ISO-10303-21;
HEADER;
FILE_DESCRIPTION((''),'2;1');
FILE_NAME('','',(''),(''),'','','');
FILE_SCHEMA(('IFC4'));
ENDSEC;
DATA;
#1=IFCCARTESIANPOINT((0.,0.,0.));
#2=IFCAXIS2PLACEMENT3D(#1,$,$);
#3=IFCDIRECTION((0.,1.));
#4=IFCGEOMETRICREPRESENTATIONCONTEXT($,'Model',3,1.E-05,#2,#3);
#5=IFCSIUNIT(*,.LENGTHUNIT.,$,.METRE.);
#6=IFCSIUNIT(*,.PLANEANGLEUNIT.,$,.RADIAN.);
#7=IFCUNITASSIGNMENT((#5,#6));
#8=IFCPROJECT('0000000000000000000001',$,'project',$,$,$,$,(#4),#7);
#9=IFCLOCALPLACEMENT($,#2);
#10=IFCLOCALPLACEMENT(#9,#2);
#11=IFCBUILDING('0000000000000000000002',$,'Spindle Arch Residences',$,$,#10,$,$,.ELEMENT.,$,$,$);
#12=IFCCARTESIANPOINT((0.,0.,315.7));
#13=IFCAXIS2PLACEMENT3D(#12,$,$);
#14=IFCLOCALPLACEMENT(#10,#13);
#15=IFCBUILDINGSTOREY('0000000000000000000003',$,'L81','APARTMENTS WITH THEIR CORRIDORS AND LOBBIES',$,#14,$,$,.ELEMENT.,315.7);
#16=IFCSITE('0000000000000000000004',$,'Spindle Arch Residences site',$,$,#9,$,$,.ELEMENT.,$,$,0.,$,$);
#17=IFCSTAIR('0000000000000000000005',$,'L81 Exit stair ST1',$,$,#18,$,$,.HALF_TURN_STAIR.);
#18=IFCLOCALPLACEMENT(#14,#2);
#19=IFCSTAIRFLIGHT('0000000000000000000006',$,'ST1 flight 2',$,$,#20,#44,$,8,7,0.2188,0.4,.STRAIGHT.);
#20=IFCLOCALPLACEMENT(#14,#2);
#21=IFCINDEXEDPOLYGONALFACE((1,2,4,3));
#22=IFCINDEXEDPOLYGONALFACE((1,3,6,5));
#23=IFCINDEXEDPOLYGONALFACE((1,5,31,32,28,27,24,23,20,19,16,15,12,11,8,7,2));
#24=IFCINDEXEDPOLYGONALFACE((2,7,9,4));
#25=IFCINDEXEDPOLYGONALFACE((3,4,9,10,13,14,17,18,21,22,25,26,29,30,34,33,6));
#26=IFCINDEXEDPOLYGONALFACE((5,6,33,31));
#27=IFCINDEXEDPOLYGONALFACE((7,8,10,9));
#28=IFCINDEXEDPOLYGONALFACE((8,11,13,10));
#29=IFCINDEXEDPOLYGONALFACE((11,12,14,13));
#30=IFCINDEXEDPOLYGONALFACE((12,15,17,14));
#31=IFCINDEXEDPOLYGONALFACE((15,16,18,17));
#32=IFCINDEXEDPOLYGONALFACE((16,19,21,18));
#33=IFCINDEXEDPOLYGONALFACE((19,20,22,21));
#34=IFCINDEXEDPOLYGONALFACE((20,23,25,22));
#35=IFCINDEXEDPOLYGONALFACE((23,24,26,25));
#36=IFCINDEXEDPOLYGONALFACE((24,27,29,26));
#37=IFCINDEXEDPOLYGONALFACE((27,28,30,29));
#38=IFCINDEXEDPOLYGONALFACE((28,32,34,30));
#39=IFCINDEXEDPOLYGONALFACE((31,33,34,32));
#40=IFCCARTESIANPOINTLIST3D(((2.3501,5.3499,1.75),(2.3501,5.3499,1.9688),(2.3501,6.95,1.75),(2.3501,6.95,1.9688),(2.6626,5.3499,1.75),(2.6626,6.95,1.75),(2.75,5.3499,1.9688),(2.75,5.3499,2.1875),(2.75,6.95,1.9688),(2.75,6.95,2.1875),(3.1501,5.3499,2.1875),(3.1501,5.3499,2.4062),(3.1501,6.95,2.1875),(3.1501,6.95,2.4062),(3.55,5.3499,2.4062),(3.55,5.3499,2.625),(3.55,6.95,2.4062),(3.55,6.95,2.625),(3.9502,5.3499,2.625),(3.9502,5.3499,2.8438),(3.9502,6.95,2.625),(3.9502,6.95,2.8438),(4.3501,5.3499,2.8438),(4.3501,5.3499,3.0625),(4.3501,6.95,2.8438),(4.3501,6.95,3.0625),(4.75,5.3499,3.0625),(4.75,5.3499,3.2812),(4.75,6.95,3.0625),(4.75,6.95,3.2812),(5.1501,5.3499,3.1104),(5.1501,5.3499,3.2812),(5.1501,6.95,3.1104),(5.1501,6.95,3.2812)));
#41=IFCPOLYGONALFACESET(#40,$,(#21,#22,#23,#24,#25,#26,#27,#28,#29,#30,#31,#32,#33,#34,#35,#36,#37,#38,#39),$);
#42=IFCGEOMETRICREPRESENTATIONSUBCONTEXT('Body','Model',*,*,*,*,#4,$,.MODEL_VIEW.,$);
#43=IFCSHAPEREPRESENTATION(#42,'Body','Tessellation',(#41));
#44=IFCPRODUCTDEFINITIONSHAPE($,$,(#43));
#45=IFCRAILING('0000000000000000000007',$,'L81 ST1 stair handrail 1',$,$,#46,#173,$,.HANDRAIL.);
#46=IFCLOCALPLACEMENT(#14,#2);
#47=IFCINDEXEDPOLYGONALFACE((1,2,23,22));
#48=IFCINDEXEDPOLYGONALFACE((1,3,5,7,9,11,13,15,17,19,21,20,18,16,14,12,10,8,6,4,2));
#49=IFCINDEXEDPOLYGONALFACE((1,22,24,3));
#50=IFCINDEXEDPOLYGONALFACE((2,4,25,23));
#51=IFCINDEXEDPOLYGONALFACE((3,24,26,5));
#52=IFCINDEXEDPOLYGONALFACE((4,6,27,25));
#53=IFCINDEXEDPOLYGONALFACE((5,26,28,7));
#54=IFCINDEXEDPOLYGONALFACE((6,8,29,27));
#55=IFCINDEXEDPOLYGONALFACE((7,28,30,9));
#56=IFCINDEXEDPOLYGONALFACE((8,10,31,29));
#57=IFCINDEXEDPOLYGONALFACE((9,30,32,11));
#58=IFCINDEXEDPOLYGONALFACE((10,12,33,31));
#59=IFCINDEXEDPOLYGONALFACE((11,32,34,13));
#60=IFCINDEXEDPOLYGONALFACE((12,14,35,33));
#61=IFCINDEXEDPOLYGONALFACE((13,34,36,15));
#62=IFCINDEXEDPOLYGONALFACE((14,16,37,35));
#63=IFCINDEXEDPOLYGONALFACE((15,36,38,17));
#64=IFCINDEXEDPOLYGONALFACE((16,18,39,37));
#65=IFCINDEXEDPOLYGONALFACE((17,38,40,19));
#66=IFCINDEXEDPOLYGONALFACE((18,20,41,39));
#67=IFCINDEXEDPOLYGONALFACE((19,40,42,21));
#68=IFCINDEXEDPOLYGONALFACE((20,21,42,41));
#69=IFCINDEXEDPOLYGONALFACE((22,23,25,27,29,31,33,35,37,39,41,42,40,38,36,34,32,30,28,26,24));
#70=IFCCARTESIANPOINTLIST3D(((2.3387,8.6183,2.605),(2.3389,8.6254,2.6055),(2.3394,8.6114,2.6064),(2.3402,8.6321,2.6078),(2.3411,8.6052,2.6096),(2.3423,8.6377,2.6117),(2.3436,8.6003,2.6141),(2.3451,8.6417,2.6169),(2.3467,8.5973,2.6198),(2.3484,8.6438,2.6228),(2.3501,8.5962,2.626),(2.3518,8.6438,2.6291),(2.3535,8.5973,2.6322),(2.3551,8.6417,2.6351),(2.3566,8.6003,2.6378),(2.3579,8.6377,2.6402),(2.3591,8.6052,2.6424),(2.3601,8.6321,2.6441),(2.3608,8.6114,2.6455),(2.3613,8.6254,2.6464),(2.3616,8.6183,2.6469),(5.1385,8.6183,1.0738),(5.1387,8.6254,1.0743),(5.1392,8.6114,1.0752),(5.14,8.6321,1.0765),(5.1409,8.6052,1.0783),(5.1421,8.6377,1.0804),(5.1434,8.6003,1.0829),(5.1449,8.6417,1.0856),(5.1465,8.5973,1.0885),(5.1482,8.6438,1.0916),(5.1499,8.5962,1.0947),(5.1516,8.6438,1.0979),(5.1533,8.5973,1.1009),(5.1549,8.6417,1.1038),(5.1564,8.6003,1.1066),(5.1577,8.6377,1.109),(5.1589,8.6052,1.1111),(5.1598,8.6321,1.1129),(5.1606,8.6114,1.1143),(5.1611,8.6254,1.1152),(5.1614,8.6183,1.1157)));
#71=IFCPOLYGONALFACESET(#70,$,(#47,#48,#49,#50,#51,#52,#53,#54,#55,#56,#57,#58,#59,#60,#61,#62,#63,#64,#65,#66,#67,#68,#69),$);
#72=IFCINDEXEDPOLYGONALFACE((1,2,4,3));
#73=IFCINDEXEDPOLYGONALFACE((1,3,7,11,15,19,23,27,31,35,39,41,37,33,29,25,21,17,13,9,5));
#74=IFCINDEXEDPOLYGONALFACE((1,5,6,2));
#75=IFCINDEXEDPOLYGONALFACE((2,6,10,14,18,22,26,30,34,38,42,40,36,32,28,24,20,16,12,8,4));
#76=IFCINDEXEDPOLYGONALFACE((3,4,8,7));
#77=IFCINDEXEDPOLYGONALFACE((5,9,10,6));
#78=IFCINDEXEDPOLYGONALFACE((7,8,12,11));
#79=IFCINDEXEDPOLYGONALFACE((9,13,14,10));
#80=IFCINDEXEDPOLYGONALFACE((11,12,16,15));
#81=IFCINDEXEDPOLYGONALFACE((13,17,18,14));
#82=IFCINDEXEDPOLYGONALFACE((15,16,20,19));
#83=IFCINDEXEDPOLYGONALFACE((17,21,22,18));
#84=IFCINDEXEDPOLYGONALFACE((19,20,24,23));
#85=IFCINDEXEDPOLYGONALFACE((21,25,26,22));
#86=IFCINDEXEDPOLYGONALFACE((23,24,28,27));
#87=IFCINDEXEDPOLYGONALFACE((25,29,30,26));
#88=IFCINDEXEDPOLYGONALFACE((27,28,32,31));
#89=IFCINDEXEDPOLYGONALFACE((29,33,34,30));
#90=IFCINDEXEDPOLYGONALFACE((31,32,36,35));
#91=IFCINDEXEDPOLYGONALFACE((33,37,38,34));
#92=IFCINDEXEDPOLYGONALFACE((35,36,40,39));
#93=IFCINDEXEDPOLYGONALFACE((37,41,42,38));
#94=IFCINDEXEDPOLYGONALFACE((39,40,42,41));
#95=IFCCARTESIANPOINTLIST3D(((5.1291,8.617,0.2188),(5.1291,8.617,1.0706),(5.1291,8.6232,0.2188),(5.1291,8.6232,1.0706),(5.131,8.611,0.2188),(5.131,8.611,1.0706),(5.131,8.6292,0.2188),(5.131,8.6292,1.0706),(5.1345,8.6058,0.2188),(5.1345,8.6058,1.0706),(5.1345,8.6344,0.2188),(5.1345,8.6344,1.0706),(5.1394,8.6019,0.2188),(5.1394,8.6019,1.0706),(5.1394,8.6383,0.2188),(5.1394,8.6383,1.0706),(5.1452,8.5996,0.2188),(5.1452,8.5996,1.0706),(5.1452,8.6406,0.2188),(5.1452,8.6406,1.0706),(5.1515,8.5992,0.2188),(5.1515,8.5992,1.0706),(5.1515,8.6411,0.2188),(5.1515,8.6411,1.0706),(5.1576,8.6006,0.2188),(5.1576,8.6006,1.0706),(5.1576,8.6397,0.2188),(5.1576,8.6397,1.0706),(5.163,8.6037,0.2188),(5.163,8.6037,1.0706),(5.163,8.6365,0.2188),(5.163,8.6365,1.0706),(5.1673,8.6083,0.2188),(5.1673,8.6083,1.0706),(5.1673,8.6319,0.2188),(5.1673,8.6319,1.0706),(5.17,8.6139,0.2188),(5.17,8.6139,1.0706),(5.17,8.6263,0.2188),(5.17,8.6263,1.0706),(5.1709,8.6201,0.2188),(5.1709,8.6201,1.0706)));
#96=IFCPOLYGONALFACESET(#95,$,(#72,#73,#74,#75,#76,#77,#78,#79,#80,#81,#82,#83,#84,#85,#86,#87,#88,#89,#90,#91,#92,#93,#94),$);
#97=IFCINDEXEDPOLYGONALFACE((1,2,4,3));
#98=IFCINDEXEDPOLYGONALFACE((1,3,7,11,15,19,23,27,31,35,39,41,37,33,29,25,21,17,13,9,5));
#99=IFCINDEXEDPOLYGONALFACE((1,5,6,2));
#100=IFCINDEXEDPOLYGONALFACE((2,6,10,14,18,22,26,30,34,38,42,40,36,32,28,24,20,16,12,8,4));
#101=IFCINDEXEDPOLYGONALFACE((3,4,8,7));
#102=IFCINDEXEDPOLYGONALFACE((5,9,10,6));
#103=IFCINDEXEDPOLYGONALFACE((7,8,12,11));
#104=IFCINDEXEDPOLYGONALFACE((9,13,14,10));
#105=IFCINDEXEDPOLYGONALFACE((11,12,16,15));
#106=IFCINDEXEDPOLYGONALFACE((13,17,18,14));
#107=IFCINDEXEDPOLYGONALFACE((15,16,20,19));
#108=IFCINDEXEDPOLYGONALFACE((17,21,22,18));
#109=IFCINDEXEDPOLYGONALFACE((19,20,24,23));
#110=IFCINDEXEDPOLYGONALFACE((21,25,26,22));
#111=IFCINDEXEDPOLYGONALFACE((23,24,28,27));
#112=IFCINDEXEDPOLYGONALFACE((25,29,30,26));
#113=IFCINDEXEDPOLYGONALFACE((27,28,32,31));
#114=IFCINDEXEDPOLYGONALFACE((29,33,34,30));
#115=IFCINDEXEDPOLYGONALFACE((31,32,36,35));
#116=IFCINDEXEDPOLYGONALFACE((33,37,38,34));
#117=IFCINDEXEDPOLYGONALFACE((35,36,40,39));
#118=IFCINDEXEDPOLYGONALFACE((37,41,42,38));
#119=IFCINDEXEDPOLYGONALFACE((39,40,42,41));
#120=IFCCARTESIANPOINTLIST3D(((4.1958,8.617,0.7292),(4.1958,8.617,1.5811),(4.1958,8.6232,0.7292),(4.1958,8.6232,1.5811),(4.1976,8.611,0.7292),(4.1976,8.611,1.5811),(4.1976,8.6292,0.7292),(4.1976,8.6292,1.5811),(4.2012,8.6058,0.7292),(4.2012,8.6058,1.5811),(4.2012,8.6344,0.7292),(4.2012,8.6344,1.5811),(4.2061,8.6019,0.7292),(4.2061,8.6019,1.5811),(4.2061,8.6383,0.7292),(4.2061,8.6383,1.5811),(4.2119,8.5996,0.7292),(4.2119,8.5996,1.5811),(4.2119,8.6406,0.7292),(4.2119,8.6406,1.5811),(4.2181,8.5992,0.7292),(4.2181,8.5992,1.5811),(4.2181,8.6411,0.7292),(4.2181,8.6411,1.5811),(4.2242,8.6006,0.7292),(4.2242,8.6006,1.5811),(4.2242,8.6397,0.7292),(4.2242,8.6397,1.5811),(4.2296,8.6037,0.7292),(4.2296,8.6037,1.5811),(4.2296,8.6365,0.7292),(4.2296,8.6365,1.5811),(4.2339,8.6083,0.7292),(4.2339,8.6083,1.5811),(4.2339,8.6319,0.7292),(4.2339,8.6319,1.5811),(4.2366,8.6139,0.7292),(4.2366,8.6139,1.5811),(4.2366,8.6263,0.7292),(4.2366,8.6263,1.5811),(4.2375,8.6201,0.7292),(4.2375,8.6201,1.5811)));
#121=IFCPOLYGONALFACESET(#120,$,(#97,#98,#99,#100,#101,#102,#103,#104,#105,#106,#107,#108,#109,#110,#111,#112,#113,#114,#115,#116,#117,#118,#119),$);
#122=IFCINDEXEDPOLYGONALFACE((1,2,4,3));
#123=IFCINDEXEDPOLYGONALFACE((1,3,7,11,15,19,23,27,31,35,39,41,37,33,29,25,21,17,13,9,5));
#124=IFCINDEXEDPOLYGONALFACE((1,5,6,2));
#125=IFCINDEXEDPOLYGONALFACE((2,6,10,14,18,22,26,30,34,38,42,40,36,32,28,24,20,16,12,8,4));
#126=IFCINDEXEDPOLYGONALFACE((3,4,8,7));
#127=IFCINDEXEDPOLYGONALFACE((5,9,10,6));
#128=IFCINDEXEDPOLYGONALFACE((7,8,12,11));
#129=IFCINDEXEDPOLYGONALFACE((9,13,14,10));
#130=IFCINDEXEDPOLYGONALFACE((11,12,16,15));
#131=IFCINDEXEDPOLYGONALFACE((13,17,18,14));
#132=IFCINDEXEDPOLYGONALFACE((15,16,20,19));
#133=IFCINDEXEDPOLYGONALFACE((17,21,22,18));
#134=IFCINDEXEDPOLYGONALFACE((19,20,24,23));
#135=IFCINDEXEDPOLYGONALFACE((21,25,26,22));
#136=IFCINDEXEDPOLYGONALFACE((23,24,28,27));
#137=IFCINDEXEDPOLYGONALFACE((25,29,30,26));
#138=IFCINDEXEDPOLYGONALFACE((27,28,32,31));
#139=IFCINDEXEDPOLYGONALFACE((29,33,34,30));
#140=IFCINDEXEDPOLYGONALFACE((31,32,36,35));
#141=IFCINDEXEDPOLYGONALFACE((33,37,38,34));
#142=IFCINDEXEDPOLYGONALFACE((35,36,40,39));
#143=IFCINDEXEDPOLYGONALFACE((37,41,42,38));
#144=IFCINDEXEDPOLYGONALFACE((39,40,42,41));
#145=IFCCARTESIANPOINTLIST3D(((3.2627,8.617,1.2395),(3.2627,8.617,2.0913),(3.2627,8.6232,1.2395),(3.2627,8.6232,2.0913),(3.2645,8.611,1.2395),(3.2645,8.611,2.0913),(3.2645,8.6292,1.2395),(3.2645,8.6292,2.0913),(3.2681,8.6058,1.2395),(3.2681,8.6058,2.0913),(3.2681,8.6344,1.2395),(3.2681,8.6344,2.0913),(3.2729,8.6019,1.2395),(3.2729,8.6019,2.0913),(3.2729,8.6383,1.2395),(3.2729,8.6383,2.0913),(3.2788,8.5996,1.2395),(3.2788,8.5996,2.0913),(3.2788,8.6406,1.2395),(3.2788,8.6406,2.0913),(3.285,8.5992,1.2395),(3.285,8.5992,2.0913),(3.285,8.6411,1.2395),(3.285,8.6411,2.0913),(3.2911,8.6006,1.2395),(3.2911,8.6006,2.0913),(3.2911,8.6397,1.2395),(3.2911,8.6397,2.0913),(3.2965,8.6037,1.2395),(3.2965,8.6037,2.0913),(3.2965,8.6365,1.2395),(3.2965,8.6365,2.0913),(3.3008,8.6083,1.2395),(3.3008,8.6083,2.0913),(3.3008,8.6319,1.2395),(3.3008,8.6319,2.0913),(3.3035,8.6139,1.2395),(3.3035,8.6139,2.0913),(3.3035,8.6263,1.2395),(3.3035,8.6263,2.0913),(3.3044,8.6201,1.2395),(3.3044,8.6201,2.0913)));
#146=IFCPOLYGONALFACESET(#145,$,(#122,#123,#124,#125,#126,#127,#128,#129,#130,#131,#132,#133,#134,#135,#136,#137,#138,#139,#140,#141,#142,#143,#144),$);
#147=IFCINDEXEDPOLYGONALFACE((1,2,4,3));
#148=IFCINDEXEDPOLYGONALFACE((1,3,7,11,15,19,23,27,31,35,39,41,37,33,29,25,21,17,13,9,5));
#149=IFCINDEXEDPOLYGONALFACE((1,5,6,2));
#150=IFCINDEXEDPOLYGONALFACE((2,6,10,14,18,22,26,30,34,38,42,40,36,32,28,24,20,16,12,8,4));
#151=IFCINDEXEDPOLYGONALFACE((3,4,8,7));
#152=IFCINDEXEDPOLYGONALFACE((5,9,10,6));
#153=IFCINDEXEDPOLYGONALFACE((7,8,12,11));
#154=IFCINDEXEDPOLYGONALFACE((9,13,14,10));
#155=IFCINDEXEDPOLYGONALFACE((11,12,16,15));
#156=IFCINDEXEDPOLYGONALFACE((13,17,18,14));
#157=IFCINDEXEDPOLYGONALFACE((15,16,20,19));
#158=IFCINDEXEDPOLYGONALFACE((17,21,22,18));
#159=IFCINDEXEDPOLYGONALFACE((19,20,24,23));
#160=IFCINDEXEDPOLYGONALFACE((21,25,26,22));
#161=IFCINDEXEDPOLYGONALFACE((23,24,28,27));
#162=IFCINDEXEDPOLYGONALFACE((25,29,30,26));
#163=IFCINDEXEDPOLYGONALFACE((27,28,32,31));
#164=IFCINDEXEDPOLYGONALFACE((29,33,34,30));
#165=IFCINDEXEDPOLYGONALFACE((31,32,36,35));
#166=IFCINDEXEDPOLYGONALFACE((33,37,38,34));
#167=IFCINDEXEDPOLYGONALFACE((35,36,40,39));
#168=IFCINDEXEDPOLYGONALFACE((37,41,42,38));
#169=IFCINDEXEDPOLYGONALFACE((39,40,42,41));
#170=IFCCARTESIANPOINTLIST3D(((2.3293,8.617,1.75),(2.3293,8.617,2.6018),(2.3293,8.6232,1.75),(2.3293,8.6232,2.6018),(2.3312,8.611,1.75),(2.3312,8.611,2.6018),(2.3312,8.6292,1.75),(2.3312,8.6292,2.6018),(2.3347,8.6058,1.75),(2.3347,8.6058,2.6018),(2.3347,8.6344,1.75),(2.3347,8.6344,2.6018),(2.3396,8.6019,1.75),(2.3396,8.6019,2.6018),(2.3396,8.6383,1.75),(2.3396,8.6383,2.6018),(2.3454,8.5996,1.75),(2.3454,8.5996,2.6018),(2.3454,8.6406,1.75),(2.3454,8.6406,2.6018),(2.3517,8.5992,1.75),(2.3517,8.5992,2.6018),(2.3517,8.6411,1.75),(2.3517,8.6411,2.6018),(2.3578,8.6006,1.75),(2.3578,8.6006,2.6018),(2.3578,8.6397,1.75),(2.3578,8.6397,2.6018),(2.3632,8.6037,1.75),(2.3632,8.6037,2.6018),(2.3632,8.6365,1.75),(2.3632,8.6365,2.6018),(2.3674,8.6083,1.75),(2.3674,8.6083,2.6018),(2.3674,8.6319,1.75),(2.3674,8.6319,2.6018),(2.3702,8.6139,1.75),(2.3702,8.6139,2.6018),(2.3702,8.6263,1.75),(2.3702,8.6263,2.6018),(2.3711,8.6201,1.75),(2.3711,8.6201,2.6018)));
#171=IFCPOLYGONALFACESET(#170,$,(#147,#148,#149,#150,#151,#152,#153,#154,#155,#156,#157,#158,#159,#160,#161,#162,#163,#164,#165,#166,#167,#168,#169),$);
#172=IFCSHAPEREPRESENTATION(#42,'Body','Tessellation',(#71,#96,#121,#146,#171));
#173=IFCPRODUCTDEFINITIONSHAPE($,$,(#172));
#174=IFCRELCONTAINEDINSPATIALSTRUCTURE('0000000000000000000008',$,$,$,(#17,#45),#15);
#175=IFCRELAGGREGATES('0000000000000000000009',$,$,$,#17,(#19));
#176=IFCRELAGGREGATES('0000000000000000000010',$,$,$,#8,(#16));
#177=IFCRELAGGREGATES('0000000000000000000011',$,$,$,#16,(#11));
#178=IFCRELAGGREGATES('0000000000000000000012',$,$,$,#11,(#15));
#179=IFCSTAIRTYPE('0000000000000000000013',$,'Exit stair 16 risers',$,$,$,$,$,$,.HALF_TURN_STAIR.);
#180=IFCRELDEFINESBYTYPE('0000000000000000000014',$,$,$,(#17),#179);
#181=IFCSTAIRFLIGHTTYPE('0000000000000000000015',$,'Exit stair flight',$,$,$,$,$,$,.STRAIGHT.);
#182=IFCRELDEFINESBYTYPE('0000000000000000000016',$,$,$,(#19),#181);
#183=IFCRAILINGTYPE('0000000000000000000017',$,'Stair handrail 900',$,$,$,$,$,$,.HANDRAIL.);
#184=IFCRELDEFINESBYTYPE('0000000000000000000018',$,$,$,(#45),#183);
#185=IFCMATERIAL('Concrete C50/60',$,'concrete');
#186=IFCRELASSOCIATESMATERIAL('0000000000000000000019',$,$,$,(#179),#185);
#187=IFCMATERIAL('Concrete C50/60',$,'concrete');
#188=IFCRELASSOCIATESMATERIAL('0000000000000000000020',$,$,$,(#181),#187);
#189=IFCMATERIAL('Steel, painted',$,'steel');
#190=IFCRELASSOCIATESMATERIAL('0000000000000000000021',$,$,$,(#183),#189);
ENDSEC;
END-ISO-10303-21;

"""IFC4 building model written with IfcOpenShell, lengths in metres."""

from ifc_helpers import new_model, si_unit, direction, frame, origin, origin_2d, place, context, subcontext, project, spatial, polyline, circle, outline, extrude, material, type_object, element, aggregate, save


model = new_model("IFC4")

# Units and contexts
model_context = context("Model", 3, precision=1e-05, world=origin(), true_north=direction((0.0, 1.0)))
body_context = subcontext(model_context, "Body", "Model", "MODEL_VIEW")
ifc_project = project(units=[si_unit("LENGTHUNIT", "METRE"), si_unit("PLANEANGLEUNIT", "RADIAN")], contexts=[model_context])

# Site, building, storey
site_placement = place(None, origin())
site = spatial("IfcSite", under=ifc_project, at=site_placement, Name="Spindle Arch Residences site", CompositionType="ELEMENT", RefElevation=0.0)
building_placement = place(site_placement, origin())
building = spatial("IfcBuilding", under=site, at=building_placement, Name="Spindle Arch Residences", CompositionType="ELEMENT")
storey_placement = place(building_placement, frame((0.0, 0.0, 315.7)))
storey = spatial("IfcBuildingStorey", under=building, at=storey_placement, Name="L81", Description="APARTMENTS WITH THEIR CORRIDORS AND LOBBIES", CompositionType="ELEMENT", Elevation=315.7)

# Stair, stair flight
ifc_material_1 = material(Name="Concrete C50/60", Category="concrete")
stair_type = type_object("IfcStairType", Name="Exit stair 16 risers", PredefinedType="HALF_TURN_STAIR", material=ifc_material_1)
stair_placement = place(storey_placement, origin())
stair = element("IfcStair", 1, at=stair_placement, inside=storey, type_object=stair_type, Name="L81 Exit stair ST1", PredefinedType="HALF_TURN_STAIR")
ifc_material_2 = material(Name="Concrete C50/60", Category="concrete")
stair_flight_type = type_object("IfcStairFlightType", Name="Exit stair flight", PredefinedType="STRAIGHT", material=ifc_material_2)
stair_flight_1_placement = place(storey_placement, frame((2.3501, 6.1499, 1.75), z_axis=(0.0, 0.0, 1.0), x_axis=(1.0, 0.0, 0.0)))
stair_flight_1 = element("IfcStairFlight", 2, at=stair_flight_1_placement, type_object=stair_flight_type, Name="ST1 flight 2", NumberOfRisers=8, NumberOfTreads=7, PredefinedType="STRAIGHT", RiserHeight=0.2188, TreadLength=0.4, context=body_context, shape_type="SweptSolid", body=[
    extrude(outline(polyline([(0.0, 0.0), (0.0, 0.2188), (0.3999, 0.2188), (0.3999, 0.4375), (0.8, 0.4375), (0.8, 0.6562), (1.2, 0.6562), (1.2, 0.875), (1.6001, 0.875), (1.6001, 1.0938), (2.0, 1.0938), (2.0, 1.3125), (2.3999, 1.3125), (2.3999, 1.5312), (2.8, 1.5312), (2.8, 1.75), (2.8, 1.3604), (0.3125, 0.0), (0.0, 0.0)])), frame((0.0, 0.8, 0.0), z_axis=(0.0, -1.0, 0.0), x_axis=(1.0, 0.0, 0.0)), (0.0, 0.0, 1.0), 1.6001),
])
aggregate(stair, [stair_flight_1])

# Railing
ifc_material_3 = material(Name="Steel, painted", Category="steel")
railing_type_1 = type_object("IfcRailingType", Name="Stair handrail 900", PredefinedType="HANDRAIL", material=ifc_material_3)
railing_1_placement = place(storey_placement, frame((5.1499, 8.6201, 0.2188)))
element("IfcRailing", 3, at=railing_1_placement, inside=storey, type_object=railing_type_1, Name="L81 ST1 stair handrail 1", PredefinedType="HANDRAIL", context=body_context, shape_type="SweptSolid", body=[
    extrude(circle(Radius=0.0239, at=origin_2d()), frame((0.0, 0.0, 0.876), z_axis=(-0.877357, 0.0, 0.479838), x_axis=(0.0, -1.0, 0.0)), (0.0, 0.0, 1.0), 3.1912),
    extrude(circle(Radius=0.021, at=origin_2d()), origin(), (0.0, 0.0, 1.0), 0.8518),
    extrude(circle(Radius=0.021, at=origin_2d()), frame((-0.9333, 0.0, 0.5105)), (0.0, 0.0, 1.0), 0.8518),
    extrude(circle(Radius=0.021, at=origin_2d()), frame((-1.8665, 0.0, 1.0208)), (0.0, 0.0, 1.0), 0.8518),
    extrude(circle(Radius=0.021, at=origin_2d()), frame((-2.7998, 0.0, 1.5312)), (0.0, 0.0, 1.0), 0.8518),
])

save(model, "model.ifc")
